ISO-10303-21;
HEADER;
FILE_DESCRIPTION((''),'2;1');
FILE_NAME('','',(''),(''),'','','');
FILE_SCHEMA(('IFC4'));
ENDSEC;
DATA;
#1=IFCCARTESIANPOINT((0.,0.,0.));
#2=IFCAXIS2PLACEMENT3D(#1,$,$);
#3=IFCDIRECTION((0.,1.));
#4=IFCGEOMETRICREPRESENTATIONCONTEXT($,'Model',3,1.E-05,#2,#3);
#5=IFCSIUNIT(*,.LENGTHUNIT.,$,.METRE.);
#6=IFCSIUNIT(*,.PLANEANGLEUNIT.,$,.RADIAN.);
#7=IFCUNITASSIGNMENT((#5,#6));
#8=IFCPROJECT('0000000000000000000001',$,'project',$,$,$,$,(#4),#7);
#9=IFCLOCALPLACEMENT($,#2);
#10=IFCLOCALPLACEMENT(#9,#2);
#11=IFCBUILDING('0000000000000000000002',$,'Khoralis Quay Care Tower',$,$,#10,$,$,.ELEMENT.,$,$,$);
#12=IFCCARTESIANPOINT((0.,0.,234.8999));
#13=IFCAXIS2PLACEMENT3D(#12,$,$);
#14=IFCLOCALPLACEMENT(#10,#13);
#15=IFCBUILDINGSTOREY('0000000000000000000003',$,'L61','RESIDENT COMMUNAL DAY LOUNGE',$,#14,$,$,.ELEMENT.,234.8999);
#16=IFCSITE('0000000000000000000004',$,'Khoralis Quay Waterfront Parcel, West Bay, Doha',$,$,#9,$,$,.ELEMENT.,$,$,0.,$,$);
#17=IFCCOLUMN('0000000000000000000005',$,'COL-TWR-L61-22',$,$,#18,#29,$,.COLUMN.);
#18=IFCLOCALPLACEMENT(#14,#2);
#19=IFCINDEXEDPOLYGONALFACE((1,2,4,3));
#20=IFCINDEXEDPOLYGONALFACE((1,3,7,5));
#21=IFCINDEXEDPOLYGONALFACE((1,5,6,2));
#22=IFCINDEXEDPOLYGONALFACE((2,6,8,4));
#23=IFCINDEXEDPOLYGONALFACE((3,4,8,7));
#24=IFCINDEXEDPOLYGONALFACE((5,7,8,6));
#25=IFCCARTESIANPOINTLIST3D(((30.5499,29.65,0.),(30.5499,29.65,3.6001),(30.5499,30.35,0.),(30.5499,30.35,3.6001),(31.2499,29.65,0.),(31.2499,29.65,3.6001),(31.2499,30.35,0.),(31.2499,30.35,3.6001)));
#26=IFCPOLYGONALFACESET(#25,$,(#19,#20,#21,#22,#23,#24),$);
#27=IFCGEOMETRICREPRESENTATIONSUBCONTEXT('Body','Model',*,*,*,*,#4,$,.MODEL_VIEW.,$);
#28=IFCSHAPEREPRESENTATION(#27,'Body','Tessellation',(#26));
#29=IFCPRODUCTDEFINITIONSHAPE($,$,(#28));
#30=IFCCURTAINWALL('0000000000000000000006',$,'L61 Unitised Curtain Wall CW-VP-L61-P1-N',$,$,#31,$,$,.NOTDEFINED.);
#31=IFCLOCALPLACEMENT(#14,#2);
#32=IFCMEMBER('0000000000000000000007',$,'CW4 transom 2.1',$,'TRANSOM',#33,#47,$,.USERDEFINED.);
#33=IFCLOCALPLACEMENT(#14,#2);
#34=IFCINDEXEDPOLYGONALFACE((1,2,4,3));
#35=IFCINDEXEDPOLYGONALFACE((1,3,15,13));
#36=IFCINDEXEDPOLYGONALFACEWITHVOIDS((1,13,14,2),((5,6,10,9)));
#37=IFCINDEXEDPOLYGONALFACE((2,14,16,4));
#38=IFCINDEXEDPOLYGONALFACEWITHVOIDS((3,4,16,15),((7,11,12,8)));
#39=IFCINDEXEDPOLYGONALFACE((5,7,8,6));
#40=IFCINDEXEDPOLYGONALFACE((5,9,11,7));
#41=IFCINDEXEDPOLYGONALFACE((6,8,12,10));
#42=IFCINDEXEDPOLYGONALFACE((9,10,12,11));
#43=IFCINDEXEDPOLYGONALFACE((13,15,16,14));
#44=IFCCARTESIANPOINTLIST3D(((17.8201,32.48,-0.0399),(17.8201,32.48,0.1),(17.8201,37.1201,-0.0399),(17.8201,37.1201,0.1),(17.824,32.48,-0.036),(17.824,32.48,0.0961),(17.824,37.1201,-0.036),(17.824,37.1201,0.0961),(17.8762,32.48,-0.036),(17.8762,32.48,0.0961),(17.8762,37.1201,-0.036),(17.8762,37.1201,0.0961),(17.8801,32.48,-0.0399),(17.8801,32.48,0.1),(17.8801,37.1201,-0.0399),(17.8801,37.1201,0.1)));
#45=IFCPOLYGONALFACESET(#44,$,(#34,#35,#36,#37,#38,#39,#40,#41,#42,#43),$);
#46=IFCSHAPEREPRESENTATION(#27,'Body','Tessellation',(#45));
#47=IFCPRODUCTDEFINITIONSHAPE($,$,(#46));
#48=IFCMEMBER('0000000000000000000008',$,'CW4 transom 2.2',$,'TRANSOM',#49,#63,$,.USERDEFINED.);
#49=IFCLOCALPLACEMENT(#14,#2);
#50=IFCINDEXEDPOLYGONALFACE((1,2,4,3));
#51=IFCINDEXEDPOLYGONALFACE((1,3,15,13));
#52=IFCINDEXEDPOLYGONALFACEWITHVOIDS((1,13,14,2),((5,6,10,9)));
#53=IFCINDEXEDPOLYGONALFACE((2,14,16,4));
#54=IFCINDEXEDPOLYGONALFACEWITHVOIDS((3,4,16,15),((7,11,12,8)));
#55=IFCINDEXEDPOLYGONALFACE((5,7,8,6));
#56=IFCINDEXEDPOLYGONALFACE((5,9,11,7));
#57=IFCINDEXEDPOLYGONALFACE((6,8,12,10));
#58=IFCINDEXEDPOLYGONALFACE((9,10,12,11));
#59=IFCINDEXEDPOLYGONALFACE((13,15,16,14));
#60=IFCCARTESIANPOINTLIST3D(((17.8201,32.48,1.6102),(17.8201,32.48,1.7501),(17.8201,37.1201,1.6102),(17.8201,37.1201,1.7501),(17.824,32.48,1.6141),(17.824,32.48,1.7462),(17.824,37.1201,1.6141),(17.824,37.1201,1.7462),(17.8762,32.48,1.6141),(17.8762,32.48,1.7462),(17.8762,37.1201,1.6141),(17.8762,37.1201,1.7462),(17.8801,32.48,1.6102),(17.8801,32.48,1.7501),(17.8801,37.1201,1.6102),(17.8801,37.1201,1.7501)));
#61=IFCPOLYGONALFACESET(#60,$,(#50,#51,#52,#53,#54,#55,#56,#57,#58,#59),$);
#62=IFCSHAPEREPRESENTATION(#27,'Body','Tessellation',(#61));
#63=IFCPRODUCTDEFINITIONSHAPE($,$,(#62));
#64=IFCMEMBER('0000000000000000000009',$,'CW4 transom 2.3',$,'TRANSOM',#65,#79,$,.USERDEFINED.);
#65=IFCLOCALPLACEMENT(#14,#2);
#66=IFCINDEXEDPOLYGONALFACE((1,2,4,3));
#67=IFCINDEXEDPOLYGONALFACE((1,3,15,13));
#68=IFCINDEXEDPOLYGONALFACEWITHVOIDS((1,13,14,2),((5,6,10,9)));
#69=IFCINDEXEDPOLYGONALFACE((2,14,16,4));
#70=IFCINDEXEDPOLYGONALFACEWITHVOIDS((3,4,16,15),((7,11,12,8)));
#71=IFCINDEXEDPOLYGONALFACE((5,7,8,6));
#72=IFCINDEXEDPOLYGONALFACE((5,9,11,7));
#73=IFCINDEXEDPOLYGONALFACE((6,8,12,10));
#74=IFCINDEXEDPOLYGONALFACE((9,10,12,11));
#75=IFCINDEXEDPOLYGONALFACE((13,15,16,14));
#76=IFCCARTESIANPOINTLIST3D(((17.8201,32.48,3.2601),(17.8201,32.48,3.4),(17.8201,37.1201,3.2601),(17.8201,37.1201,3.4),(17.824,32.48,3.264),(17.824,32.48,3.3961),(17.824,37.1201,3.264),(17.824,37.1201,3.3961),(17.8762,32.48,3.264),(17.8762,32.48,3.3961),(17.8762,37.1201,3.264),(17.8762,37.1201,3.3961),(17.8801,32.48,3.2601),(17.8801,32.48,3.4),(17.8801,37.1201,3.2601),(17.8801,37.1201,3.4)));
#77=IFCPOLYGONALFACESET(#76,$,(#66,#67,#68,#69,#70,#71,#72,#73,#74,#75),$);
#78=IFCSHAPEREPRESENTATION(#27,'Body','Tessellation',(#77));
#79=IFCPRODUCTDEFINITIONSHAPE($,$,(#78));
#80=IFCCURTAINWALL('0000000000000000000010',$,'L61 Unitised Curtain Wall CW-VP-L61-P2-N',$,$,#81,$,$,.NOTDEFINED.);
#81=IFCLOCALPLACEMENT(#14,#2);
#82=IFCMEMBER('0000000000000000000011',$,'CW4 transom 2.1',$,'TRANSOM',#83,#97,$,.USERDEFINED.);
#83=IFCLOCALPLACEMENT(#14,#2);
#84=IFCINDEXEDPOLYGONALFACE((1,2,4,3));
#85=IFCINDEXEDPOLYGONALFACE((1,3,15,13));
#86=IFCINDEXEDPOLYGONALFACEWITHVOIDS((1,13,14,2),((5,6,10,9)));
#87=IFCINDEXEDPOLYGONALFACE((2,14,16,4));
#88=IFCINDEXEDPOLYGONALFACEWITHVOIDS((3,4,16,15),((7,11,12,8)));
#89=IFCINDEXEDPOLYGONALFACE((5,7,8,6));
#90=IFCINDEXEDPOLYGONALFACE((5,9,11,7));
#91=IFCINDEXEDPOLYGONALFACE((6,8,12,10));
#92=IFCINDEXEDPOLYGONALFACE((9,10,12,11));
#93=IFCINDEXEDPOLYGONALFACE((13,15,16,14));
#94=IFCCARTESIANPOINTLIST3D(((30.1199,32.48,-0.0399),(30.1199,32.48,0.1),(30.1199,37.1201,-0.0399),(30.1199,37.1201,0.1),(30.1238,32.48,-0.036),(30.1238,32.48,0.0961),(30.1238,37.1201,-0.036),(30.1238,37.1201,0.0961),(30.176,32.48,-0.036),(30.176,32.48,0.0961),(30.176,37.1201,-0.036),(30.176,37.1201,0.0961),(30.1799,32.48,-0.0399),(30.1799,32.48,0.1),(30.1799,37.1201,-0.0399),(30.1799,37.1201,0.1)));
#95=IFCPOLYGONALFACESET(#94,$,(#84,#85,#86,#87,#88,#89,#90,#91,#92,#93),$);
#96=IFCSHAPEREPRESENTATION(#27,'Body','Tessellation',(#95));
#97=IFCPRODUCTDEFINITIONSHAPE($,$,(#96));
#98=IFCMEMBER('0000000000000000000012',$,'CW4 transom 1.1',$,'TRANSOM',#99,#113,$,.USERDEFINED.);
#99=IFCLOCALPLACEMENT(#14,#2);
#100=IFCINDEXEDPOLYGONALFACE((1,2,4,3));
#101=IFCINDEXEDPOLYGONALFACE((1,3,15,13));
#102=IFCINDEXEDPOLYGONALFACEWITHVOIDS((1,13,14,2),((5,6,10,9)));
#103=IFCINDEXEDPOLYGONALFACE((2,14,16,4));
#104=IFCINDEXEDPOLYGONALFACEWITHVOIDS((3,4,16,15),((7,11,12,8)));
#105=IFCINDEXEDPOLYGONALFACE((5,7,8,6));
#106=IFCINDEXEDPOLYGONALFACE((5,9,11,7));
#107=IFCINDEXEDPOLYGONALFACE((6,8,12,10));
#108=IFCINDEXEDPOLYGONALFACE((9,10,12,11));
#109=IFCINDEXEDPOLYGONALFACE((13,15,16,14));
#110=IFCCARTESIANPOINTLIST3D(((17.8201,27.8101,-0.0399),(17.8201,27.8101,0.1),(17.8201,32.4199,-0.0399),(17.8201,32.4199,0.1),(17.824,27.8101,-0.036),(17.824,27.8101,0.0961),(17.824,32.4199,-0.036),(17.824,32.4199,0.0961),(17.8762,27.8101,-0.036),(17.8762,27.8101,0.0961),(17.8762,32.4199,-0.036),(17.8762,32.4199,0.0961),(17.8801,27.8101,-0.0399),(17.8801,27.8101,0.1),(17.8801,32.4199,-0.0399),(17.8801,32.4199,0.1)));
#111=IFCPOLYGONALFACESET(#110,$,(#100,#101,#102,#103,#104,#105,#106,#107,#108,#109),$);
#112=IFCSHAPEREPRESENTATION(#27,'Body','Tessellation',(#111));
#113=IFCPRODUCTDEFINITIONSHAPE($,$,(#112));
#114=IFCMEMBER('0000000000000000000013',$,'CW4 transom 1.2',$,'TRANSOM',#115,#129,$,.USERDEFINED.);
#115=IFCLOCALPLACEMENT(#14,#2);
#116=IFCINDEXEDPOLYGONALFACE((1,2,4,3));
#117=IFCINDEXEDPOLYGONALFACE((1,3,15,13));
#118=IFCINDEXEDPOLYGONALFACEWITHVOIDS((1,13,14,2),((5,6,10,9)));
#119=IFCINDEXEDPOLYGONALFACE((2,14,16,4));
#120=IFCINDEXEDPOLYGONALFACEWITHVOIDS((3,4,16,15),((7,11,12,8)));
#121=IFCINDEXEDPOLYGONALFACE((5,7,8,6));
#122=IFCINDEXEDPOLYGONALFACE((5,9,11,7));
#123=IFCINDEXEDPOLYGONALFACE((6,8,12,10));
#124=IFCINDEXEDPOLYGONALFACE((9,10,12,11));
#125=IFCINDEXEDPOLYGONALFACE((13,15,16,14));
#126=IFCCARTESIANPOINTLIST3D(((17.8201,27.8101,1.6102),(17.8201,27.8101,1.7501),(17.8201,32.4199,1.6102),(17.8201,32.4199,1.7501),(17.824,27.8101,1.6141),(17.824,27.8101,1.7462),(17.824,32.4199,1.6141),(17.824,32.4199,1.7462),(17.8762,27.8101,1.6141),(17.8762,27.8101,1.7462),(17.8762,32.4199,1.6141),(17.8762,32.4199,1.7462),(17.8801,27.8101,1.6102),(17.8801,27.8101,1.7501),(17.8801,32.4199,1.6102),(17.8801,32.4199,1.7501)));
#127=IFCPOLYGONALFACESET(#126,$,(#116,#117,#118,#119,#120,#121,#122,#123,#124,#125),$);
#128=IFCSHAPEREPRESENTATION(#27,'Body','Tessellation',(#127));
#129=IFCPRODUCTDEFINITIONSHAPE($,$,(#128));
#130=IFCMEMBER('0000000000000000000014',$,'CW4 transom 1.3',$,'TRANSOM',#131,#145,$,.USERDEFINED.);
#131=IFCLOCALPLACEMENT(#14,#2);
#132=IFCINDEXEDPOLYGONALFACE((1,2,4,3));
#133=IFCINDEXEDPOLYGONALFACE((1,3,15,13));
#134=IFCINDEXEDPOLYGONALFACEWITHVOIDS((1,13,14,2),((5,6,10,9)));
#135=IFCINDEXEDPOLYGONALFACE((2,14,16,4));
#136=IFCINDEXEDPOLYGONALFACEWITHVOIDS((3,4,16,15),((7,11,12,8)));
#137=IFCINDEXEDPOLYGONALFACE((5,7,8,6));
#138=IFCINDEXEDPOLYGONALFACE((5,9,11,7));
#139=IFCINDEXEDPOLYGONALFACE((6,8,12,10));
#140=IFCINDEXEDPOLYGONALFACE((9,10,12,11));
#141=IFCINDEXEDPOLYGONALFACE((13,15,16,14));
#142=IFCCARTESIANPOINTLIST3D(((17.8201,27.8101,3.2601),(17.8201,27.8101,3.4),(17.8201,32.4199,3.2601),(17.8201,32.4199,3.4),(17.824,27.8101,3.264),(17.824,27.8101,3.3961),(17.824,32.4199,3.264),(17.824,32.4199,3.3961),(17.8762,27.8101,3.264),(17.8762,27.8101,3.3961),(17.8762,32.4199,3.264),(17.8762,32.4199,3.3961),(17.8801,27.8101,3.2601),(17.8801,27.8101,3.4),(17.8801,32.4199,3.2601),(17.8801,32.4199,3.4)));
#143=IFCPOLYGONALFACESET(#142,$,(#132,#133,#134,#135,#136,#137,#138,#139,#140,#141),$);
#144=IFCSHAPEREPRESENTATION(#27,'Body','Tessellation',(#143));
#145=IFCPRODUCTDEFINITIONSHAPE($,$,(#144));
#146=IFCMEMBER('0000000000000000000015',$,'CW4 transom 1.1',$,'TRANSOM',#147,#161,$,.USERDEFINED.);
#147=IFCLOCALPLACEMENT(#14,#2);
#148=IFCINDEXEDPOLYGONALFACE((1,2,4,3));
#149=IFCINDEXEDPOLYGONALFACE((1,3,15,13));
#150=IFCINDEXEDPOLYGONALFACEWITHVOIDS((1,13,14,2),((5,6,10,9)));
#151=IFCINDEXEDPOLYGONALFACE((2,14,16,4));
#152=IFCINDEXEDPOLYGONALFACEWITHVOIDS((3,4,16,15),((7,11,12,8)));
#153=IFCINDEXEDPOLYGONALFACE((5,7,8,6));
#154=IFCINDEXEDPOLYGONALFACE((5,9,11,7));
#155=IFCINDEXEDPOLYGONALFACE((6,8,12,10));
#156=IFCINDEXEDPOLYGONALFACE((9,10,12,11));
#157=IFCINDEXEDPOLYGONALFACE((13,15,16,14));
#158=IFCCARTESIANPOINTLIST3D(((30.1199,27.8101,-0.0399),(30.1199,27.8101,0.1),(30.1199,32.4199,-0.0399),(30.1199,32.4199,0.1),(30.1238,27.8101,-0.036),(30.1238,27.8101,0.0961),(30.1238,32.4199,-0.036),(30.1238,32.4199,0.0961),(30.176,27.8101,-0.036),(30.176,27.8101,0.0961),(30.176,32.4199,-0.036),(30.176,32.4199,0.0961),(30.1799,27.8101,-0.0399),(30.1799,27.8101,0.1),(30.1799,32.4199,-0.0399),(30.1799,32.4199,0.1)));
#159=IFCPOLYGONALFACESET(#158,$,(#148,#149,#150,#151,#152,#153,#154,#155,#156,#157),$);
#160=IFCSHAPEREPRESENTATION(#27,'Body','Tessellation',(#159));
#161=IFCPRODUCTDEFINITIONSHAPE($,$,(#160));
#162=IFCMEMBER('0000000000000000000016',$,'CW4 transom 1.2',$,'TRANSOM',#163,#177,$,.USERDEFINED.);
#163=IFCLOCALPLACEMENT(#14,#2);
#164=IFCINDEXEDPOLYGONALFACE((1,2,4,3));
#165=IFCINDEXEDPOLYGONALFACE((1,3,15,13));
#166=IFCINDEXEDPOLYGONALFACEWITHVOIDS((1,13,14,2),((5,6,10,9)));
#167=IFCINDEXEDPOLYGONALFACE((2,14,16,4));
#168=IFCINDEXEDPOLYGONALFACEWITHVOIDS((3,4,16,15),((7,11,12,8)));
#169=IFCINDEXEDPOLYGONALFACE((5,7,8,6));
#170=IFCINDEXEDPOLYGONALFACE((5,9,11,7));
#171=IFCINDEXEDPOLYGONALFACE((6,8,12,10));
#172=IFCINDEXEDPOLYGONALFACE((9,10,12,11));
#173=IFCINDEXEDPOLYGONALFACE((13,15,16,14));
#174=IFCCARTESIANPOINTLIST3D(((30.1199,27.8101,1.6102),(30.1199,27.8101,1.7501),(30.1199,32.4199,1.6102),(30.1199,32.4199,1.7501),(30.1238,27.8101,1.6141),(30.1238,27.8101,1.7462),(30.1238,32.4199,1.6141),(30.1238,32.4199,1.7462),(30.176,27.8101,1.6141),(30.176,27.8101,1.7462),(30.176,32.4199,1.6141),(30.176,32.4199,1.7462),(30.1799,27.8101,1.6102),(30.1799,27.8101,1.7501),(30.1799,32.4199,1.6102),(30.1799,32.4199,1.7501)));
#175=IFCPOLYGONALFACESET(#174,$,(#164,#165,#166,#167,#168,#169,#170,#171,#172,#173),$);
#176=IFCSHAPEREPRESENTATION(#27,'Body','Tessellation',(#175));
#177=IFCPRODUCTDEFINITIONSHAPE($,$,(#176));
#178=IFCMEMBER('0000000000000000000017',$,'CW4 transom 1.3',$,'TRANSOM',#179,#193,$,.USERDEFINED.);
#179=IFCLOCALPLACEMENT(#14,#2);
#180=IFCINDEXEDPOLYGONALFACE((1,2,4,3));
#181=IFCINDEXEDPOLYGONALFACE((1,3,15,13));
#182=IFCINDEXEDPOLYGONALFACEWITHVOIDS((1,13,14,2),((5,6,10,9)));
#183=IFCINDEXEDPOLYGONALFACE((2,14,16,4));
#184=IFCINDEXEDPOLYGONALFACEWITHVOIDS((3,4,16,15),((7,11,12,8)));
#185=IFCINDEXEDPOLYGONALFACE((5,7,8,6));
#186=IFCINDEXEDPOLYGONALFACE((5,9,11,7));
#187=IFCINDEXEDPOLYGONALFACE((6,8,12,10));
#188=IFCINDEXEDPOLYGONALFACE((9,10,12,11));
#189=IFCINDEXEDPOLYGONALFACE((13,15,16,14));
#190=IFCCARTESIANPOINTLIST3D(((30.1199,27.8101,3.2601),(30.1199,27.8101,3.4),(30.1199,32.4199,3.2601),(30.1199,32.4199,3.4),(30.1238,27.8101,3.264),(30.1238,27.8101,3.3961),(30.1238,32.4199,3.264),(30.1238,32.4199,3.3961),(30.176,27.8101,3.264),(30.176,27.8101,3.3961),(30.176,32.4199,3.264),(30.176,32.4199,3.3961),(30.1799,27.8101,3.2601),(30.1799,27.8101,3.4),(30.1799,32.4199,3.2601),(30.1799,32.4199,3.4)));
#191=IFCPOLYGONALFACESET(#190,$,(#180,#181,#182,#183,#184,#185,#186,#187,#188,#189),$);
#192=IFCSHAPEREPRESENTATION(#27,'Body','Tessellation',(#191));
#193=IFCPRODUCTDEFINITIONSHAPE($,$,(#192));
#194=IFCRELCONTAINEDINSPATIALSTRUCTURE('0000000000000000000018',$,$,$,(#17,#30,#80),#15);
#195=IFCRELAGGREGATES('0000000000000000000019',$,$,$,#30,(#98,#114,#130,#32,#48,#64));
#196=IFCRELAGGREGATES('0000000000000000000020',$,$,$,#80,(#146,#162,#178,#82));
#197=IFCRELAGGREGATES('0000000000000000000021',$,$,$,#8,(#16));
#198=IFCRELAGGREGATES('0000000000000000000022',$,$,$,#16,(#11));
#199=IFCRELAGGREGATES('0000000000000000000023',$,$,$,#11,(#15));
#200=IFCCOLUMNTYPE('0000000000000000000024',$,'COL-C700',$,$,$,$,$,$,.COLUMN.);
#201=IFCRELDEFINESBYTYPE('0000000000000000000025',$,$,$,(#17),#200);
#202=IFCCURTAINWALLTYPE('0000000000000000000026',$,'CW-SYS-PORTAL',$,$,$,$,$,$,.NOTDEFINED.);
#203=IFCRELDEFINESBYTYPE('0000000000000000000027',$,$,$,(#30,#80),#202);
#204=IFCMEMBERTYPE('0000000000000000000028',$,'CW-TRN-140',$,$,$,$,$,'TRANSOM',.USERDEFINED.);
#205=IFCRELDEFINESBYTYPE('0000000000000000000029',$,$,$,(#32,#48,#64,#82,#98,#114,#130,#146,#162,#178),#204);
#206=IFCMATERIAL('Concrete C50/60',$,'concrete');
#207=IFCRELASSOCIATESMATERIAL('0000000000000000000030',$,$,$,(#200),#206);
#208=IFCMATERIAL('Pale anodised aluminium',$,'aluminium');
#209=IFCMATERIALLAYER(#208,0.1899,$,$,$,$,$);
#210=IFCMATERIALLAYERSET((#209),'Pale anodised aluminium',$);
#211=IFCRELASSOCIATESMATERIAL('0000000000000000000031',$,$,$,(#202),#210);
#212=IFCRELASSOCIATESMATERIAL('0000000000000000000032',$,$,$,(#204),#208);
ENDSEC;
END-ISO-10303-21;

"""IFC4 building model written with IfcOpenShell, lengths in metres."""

from ifc_helpers import new_model, si_unit, direction, frame, origin, origin_2d, place, context, subcontext, project, spatial, rectangle, hollow_rectangle, extrude, source, transform, mapped, material, layer, layer_set, material_profile, profile_set, type_object, element, aggregate, save


model = new_model("IFC4")

# Units and contexts
model_context = context("Model", 3, precision=1e-05, world=origin(), true_north=direction((0.0, 1.0)))
body_context = subcontext(model_context, "Body", "Model", "MODEL_VIEW")
ifc_project = project(units=[si_unit("LENGTHUNIT", "METRE"), si_unit("PLANEANGLEUNIT", "RADIAN")], contexts=[model_context])

# Site, building, storey
site_placement = place(None, origin())
site = spatial("IfcSite", under=ifc_project, at=site_placement, Name="Khoralis Quay Waterfront Parcel, West Bay, Doha", CompositionType="ELEMENT", RefElevation=0.0)
building_placement = place(site_placement, origin())
building = spatial("IfcBuilding", under=site, at=building_placement, Name="Khoralis Quay Care Tower", CompositionType="ELEMENT")
storey_placement = place(building_placement, frame((0.0, 0.0, 234.8999)))
storey = spatial("IfcBuildingStorey", under=building, at=storey_placement, Name="L61", Description="RESIDENT COMMUNAL DAY LOUNGE", CompositionType="ELEMENT", Elevation=234.8999)

# Column
ifc_material_1 = material(Name="Concrete C50/60", Category="concrete")
ifc_material_profile_1 = material_profile(ifc_material_1, rectangle(XDim=0.7, YDim=0.7, at=origin_2d()), Name="Concrete C50/60")
ifc_profile_set_1 = profile_set([ifc_material_profile_1], Name="Concrete C50/60")
column_type = type_object("IfcColumnType", Name="COL-C700", PredefinedType="COLUMN", material=ifc_profile_set_1)
shared_shape_1 = source(origin(), body_context, "Body", "SweptSolid", [
    extrude(rectangle(XDim=0.7, YDim=0.7, at=origin_2d()), origin(), (0.0, 0.0, 1.0), 3.6001),
])
column_placement = place(storey_placement, frame((30.8999, 30.0, 0.0), z_axis=(0.0, 0.0, 1.0), x_axis=(1.0, 0.0, 0.0)))
element("IfcColumn", 1, at=column_placement, inside=storey, type_object=column_type, Name="COL-TWR-L61-22", PredefinedType="COLUMN", context=body_context, shape_type="MappedRepresentation", body=[
    mapped(shared_shape_1, transform((0.0, 0.0, 0.0), scale=1.0)),
])

# Curtain wall, members
ifc_material_2 = material(Name="Pale anodised aluminium", Category="aluminium")
ifc_layer_1 = layer(ifc_material_2, 0.1899)
ifc_layer_set_1 = layer_set([ifc_layer_1], Name="Pale anodised aluminium")
curtain_wall_type = type_object("IfcCurtainWallType", Name="CW-SYS-PORTAL", PredefinedType="NOTDEFINED", material=ifc_layer_set_1)
curtain_wall_1_placement = place(storey_placement, origin())
curtain_wall_1 = element("IfcCurtainWall", 2, at=curtain_wall_1_placement, inside=storey, type_object=curtain_wall_type, Name="L61 Unitised Curtain Wall CW-VP-L61-P1-N", PredefinedType="NOTDEFINED")
ifc_material_profile_2 = material_profile(ifc_material_2, hollow_rectangle(XDim=0.0601, YDim=0.1399, WallThickness=0.0039, at=origin_2d()), Name="Pale anodised aluminium")
ifc_profile_set_2 = profile_set([ifc_material_profile_2], Name="Pale anodised aluminium")
member_type_1 = type_object("IfcMemberType", Name="CW-TRN-140", ElementType="TRANSOM", PredefinedType="USERDEFINED", material=ifc_profile_set_2)
shared_shape_2 = source(origin(), body_context, "Body", "SweptSolid", [
    extrude(hollow_rectangle(XDim=0.0601, YDim=0.1399, WallThickness=0.0039, at=origin_2d()), origin(), (0.0, 0.0, 1.0), 4.6401),
])
member_1_placement = place(storey_placement, frame((17.8501, 32.48, 0.03), z_axis=(0.0, 1.0, 0.0), x_axis=(-1.0, 0.0, 0.0)))
member_1 = element("IfcMember", 3, at=member_1_placement, type_object=member_type_1, Name="CW4 transom 2.1", ObjectType="TRANSOM", PredefinedType="USERDEFINED", context=body_context, shape_type="MappedRepresentation", body=[
    mapped(shared_shape_2, transform((0.0, 0.0, 0.0), scale=1.0)),
])
member_2_placement = place(storey_placement, frame((17.8501, 32.48, 1.6802), z_axis=(0.0, 1.0, 0.0), x_axis=(-1.0, 0.0, 0.0)))
member_2 = element("IfcMember", 4, at=member_2_placement, type_object=member_type_1, Name="CW4 transom 2.2", ObjectType="TRANSOM", PredefinedType="USERDEFINED", context=body_context, shape_type="MappedRepresentation", body=[
    mapped(shared_shape_2, transform((0.0, 0.0, 0.0), scale=1.0)),
])
member_3_placement = place(storey_placement, frame((17.8501, 32.48, 3.3301), z_axis=(0.0, 1.0, 0.0), x_axis=(-1.0, 0.0, 0.0)))
member_3 = element("IfcMember", 5, at=member_3_placement, type_object=member_type_1, Name="CW4 transom 2.3", ObjectType="TRANSOM", PredefinedType="USERDEFINED", context=body_context, shape_type="MappedRepresentation", body=[
    mapped(shared_shape_2, transform((0.0, 0.0, 0.0), scale=1.0)),
])

# Curtain wall, member
curtain_wall_2_placement = place(storey_placement, origin())
curtain_wall_2 = element("IfcCurtainWall", 6, at=curtain_wall_2_placement, inside=storey, type_object=curtain_wall_type, Name="L61 Unitised Curtain Wall CW-VP-L61-P2-N", PredefinedType="NOTDEFINED")
member_4_placement = place(storey_placement, frame((30.1499, 32.48, 0.03), z_axis=(0.0, 1.0, 0.0), x_axis=(-1.0, 0.0, 0.0)))
member_4 = element("IfcMember", 7, at=member_4_placement, type_object=member_type_1, Name="CW4 transom 2.1", ObjectType="TRANSOM", PredefinedType="USERDEFINED", context=body_context, shape_type="MappedRepresentation", body=[
    mapped(shared_shape_2, transform((0.0, 0.0, 0.0), scale=1.0)),
])

# Members
shared_shape_3 = source(origin(), body_context, "Body", "SweptSolid", [
    extrude(hollow_rectangle(XDim=0.0601, YDim=0.1399, WallThickness=0.0039, at=origin_2d()), origin(), (0.0, 0.0, 1.0), 4.6099),
])
member_5_placement = place(storey_placement, frame((17.8501, 27.8101, 0.03), z_axis=(0.0, 1.0, 0.0), x_axis=(-1.0, 0.0, 0.0)))
member_5 = element("IfcMember", 8, at=member_5_placement, type_object=member_type_1, Name="CW4 transom 1.1", ObjectType="TRANSOM", PredefinedType="USERDEFINED", context=body_context, shape_type="MappedRepresentation", body=[
    mapped(shared_shape_3, transform((0.0, 0.0, 0.0), scale=1.0)),
])
member_6_placement = place(storey_placement, frame((17.8501, 27.8101, 1.6802), z_axis=(0.0, 1.0, 0.0), x_axis=(-1.0, 0.0, 0.0)))
member_6 = element("IfcMember", 9, at=member_6_placement, type_object=member_type_1, Name="CW4 transom 1.2", ObjectType="TRANSOM", PredefinedType="USERDEFINED", context=body_context, shape_type="MappedRepresentation", body=[
    mapped(shared_shape_3, transform((0.0, 0.0, 0.0), scale=1.0)),
])
member_7_placement = place(storey_placement, frame((17.8501, 27.8101, 3.3301), z_axis=(0.0, 1.0, 0.0), x_axis=(-1.0, 0.0, 0.0)))
member_7 = element("IfcMember", 10, at=member_7_placement, type_object=member_type_1, Name="CW4 transom 1.3", ObjectType="TRANSOM", PredefinedType="USERDEFINED", context=body_context, shape_type="MappedRepresentation", body=[
    mapped(shared_shape_3, transform((0.0, 0.0, 0.0), scale=1.0)),
])
member_8_placement = place(storey_placement, frame((30.1499, 27.8101, 0.03), z_axis=(0.0, 1.0, 0.0), x_axis=(-1.0, 0.0, 0.0)))
member_8 = element("IfcMember", 11, at=member_8_placement, type_object=member_type_1, Name="CW4 transom 1.1", ObjectType="TRANSOM", PredefinedType="USERDEFINED", context=body_context, shape_type="MappedRepresentation", body=[
    mapped(shared_shape_3, transform((0.0, 0.0, 0.0), scale=1.0)),
])
member_9_placement = place(storey_placement, frame((30.1499, 27.8101, 1.6802), z_axis=(0.0, 1.0, 0.0), x_axis=(-1.0, 0.0, 0.0)))
member_9 = element("IfcMember", 12, at=member_9_placement, type_object=member_type_1, Name="CW4 transom 1.2", ObjectType="TRANSOM", PredefinedType="USERDEFINED", context=body_context, shape_type="MappedRepresentation", body=[
    mapped(shared_shape_3, transform((0.0, 0.0, 0.0), scale=1.0)),
])
member_10_placement = place(storey_placement, frame((30.1499, 27.8101, 3.3301), z_axis=(0.0, 1.0, 0.0), x_axis=(-1.0, 0.0, 0.0)))
member_10 = element("IfcMember", 13, at=member_10_placement, type_object=member_type_1, Name="CW4 transom 1.3", ObjectType="TRANSOM", PredefinedType="USERDEFINED", context=body_context, shape_type="MappedRepresentation", body=[
    mapped(shared_shape_3, transform((0.0, 0.0, 0.0), scale=1.0)),
])

aggregate(curtain_wall_1, [member_5, member_6, member_7, member_1, member_2, member_3])
aggregate(curtain_wall_2, [member_8, member_9, member_10, member_4])

save(model, "model.ifc")
